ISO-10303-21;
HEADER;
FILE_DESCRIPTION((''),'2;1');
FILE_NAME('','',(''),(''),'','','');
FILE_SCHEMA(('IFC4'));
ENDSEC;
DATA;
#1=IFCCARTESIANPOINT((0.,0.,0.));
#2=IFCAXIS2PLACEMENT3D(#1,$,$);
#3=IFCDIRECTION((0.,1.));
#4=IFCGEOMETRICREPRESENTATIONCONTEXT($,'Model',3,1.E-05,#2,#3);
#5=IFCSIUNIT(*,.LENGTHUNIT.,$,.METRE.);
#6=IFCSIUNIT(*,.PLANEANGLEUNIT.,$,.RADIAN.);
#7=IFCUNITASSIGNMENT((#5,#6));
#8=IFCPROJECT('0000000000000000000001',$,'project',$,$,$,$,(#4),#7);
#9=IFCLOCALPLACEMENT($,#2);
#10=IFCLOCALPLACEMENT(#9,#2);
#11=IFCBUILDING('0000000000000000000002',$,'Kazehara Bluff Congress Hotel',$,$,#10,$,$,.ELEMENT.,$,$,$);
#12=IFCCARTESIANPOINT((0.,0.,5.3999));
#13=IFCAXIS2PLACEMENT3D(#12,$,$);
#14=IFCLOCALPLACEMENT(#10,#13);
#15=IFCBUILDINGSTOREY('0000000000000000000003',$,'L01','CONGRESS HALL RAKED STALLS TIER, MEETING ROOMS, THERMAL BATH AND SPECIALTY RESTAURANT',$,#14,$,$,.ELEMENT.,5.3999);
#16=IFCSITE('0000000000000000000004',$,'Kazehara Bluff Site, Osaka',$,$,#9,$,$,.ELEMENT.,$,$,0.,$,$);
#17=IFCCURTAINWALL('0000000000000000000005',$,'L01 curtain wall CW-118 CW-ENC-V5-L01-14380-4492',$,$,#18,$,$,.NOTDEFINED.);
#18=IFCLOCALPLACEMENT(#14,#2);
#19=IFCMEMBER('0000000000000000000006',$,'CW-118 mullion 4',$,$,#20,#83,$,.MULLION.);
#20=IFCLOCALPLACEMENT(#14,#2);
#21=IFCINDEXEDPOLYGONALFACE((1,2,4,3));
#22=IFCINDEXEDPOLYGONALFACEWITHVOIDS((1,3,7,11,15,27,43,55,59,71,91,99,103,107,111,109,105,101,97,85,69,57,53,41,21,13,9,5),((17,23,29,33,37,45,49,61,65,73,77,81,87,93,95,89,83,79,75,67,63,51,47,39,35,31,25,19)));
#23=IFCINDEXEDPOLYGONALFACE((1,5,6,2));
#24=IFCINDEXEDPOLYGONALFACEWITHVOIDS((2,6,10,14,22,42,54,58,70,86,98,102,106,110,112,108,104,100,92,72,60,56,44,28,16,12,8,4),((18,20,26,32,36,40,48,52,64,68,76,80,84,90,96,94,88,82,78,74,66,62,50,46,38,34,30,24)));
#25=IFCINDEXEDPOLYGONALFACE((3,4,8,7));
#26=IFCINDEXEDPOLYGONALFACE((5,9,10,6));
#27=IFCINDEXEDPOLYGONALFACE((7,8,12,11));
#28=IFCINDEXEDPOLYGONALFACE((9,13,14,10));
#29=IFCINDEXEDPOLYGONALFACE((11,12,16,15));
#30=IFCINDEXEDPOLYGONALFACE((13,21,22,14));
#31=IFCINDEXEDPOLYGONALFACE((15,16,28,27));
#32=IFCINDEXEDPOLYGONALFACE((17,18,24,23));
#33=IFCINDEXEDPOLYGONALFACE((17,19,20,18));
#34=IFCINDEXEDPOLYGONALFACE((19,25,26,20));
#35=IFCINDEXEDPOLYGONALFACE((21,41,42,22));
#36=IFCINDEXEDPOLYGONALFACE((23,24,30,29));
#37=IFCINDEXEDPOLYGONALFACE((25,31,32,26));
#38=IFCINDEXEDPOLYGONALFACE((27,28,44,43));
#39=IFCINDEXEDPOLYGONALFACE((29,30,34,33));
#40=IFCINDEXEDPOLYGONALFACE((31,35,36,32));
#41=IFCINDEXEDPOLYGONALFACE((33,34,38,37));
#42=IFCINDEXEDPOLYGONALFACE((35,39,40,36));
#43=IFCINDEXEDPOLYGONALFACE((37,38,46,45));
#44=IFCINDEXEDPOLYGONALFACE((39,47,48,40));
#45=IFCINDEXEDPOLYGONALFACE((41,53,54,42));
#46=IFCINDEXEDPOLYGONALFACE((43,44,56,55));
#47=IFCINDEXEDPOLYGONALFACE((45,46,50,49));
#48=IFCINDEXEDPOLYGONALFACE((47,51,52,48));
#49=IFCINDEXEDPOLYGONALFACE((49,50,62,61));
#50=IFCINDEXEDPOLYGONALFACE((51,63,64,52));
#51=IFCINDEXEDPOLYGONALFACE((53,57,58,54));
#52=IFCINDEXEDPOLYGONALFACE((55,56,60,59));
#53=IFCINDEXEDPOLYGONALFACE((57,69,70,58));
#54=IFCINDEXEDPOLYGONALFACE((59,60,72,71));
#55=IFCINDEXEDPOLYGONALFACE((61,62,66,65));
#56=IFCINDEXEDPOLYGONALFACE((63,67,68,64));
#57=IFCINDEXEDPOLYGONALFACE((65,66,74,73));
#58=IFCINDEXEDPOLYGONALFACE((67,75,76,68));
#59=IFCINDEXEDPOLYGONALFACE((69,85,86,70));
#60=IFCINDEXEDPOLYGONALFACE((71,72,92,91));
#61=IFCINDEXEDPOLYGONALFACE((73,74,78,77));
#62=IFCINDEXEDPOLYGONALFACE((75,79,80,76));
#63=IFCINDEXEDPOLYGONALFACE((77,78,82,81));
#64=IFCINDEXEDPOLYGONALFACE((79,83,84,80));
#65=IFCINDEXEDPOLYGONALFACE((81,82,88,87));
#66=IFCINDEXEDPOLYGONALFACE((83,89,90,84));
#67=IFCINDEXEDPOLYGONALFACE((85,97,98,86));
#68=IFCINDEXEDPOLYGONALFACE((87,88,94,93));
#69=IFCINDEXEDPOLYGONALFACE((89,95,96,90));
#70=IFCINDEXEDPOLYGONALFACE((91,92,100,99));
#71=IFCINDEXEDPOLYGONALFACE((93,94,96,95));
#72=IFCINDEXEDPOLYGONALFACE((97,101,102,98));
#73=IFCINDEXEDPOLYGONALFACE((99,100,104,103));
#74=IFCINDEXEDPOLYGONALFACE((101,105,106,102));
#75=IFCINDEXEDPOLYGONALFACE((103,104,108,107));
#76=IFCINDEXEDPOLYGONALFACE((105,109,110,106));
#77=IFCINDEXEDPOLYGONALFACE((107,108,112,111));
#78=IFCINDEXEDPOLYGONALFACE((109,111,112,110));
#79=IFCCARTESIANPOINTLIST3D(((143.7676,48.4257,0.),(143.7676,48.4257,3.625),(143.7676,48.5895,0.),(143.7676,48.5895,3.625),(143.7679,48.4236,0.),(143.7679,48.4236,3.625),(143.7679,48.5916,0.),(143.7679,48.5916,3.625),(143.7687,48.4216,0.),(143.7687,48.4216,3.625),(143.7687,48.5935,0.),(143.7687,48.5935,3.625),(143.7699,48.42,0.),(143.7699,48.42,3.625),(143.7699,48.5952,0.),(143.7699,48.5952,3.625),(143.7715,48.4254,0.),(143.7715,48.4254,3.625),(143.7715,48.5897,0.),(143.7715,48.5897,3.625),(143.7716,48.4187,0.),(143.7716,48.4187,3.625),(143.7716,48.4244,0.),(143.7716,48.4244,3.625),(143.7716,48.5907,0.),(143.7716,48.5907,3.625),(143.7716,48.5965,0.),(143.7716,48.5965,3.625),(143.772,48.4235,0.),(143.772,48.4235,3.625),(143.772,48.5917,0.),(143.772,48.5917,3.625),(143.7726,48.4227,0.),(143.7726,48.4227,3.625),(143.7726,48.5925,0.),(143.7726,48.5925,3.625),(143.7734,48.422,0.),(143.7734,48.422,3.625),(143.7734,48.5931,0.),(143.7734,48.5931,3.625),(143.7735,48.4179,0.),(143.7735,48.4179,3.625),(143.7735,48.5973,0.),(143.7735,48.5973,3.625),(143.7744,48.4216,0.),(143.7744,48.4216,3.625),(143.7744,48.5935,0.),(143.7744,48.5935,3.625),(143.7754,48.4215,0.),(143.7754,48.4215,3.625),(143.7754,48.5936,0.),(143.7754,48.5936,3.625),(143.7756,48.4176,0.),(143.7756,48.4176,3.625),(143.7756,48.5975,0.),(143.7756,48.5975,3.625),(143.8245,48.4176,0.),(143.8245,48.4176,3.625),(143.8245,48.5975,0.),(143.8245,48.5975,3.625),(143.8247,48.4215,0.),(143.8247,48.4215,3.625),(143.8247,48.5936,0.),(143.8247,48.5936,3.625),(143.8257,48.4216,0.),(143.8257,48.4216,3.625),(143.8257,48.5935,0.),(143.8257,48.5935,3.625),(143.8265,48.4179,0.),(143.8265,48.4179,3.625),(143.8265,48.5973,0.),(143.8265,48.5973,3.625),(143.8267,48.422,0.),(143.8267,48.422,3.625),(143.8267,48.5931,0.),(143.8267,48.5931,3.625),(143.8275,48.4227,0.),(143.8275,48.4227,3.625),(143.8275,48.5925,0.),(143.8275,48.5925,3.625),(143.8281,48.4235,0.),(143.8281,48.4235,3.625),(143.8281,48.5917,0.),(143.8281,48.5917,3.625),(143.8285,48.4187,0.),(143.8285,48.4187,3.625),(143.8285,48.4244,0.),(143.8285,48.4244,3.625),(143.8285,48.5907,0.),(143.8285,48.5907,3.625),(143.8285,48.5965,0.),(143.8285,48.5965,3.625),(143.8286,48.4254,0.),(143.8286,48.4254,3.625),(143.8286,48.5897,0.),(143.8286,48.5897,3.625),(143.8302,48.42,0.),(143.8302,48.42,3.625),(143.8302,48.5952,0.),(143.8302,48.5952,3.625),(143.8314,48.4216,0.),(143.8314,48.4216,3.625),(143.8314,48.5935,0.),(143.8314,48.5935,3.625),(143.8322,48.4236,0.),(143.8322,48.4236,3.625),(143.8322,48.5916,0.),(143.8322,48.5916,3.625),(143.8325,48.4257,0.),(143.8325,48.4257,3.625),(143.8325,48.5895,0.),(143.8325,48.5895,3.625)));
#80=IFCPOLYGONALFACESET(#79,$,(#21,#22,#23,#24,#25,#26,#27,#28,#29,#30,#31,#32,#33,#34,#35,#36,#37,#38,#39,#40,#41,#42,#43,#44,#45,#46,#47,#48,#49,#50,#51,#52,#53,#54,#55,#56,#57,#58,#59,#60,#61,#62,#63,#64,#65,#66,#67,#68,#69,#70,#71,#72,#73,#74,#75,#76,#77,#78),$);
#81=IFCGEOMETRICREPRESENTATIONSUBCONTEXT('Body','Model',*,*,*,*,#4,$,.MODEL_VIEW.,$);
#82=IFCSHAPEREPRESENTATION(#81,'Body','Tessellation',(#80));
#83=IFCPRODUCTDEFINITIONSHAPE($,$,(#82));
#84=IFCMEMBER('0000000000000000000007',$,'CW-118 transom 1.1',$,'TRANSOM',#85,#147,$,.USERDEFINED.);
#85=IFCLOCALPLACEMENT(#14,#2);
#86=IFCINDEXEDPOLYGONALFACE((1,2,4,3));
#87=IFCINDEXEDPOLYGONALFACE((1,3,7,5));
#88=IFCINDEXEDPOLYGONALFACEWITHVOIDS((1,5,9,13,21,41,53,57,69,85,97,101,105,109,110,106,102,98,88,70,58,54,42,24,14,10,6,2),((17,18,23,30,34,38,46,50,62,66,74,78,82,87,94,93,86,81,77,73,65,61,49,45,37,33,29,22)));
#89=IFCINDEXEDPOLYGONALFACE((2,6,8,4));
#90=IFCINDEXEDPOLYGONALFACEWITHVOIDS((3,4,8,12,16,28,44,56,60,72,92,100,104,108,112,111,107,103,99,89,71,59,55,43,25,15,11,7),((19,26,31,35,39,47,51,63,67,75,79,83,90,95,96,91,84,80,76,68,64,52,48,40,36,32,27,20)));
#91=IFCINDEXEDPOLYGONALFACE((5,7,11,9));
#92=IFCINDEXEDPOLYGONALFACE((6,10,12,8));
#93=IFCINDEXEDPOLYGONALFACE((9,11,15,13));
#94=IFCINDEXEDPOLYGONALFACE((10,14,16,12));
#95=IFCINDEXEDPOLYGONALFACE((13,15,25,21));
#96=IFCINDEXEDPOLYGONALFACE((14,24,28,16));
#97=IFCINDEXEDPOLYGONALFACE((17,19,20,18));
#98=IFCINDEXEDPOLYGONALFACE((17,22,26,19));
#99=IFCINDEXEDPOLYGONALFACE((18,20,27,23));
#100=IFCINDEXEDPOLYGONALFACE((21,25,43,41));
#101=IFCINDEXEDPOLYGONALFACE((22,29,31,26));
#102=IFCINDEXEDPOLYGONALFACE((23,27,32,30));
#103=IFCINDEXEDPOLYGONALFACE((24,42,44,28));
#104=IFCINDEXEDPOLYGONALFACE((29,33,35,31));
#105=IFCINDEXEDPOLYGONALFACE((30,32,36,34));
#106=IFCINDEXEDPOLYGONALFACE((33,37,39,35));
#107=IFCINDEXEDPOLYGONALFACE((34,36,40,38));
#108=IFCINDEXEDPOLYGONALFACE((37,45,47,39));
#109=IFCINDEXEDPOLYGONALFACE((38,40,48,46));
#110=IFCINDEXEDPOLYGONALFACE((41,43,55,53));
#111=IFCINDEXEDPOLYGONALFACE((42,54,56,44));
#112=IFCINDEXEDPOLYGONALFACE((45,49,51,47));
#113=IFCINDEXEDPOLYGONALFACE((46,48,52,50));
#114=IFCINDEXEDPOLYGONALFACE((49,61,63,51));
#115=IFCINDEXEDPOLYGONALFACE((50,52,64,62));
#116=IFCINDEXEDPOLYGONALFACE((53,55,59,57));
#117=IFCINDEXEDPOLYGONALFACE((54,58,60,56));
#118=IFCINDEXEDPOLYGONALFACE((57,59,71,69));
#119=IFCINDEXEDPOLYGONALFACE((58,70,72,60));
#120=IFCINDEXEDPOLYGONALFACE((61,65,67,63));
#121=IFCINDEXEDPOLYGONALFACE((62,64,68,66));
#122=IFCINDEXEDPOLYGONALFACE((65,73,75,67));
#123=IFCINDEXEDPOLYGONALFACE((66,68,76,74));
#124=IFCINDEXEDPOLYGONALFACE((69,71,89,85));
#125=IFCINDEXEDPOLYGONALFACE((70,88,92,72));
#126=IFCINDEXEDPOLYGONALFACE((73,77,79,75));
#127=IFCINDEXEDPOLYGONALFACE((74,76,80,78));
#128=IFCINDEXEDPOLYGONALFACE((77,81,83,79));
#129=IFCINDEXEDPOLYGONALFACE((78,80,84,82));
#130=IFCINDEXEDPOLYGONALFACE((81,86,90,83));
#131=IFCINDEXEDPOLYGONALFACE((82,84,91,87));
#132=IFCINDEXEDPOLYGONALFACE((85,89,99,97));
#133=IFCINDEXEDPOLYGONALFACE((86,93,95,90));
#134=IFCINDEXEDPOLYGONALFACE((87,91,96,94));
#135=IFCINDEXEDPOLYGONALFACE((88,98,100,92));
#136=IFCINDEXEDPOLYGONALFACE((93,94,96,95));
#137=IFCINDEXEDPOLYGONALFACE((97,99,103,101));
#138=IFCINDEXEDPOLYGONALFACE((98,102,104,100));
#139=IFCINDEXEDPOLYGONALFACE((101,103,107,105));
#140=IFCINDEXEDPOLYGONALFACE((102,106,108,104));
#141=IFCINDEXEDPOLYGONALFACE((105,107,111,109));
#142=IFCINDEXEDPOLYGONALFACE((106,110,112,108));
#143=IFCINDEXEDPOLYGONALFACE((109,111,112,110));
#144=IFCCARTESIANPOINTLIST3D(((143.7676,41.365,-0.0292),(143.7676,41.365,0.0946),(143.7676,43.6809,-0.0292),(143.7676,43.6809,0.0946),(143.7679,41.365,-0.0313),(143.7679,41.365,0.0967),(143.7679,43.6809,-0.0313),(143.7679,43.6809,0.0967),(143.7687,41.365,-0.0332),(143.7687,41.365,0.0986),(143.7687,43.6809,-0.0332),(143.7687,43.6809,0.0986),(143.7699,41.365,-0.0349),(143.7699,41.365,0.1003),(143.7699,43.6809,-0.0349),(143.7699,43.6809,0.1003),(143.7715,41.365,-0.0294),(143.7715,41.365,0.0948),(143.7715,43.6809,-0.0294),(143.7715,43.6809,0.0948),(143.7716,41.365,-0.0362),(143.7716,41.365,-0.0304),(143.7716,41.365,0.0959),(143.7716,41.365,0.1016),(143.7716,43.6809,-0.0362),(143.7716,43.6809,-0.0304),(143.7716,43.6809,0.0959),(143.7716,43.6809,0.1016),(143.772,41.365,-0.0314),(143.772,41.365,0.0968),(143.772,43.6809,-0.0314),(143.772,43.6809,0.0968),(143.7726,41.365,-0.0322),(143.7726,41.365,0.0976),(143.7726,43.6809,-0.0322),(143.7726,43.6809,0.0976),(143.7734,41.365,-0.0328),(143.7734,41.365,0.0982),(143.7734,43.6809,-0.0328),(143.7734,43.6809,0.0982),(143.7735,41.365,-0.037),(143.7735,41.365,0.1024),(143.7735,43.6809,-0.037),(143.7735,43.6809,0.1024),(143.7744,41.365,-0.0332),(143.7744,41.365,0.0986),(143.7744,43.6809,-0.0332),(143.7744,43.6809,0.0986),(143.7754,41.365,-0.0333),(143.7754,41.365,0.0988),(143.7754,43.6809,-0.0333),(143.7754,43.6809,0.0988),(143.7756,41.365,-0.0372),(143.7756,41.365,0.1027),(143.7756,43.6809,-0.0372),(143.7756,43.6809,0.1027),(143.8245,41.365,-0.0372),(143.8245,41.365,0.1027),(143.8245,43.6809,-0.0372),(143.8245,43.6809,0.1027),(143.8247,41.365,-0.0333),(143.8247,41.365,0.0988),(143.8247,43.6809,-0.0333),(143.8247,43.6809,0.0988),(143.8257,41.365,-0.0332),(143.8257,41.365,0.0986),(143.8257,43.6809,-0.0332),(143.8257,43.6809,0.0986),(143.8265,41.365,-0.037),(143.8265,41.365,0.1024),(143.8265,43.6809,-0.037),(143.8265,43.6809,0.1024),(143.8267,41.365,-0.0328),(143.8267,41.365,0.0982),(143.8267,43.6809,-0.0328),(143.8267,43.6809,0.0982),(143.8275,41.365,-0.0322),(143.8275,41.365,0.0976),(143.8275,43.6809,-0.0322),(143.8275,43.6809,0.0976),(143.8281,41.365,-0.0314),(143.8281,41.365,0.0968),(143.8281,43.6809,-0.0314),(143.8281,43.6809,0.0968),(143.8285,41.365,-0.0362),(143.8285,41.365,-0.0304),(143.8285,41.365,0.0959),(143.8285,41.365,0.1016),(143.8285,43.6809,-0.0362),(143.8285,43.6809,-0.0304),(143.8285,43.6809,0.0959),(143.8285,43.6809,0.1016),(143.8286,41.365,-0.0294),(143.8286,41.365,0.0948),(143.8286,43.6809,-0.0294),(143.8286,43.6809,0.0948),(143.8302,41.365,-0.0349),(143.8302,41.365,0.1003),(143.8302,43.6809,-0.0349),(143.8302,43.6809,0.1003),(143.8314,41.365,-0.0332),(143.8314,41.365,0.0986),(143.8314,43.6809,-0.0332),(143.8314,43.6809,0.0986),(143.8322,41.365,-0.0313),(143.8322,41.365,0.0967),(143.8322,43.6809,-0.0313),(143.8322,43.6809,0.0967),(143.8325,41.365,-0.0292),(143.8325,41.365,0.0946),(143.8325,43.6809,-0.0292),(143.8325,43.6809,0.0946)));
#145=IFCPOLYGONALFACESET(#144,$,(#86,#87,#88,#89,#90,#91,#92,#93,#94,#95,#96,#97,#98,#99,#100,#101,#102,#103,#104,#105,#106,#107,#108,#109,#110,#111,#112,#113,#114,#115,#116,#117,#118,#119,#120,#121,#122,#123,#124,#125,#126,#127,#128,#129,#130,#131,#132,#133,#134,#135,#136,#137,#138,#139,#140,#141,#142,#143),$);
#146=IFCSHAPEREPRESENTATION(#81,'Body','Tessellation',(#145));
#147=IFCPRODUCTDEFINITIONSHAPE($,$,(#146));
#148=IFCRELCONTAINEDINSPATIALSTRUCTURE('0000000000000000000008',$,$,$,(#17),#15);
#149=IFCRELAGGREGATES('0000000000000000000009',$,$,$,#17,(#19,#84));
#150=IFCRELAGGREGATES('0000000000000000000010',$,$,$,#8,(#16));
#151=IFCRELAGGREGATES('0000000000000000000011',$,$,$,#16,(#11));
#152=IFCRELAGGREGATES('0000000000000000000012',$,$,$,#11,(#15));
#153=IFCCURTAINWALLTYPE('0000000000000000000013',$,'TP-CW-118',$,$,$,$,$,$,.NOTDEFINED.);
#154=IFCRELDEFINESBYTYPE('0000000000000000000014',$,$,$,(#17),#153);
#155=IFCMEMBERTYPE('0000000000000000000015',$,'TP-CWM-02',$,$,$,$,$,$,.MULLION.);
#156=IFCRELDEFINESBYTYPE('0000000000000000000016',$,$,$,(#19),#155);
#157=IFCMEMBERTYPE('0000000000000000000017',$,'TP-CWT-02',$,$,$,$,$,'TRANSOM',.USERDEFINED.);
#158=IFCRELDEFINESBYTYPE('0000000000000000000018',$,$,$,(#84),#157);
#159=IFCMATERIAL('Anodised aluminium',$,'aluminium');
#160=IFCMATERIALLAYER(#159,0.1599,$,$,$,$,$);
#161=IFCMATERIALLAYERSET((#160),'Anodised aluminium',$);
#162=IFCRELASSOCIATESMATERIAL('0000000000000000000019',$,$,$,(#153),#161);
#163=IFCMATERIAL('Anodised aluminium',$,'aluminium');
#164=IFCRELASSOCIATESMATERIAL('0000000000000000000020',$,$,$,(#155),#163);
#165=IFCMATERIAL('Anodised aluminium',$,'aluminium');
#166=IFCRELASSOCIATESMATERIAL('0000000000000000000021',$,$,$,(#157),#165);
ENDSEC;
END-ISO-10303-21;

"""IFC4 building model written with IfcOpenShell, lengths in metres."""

from ifc_helpers import new_model, si_unit, direction, frame, origin, origin_2d, place, context, subcontext, project, spatial, hollow_rectangle, extrude, material, layer, layer_set, material_profile, profile_set, type_object, element, aggregate, save


model = new_model("IFC4")

# Units and contexts
model_context = context("Model", 3, precision=1e-05, world=origin(), true_north=direction((0.0, 1.0)))
body_context = subcontext(model_context, "Body", "Model", "MODEL_VIEW")
ifc_project = project(units=[si_unit("LENGTHUNIT", "METRE"), si_unit("PLANEANGLEUNIT", "RADIAN")], contexts=[model_context])

# Site, building, storey
site_placement = place(None, origin())
site = spatial("IfcSite", under=ifc_project, at=site_placement, Name="Kazehara Bluff Site, Osaka", CompositionType="ELEMENT", RefElevation=0.0)
building_placement = place(site_placement, origin())
building = spatial("IfcBuilding", under=site, at=building_placement, Name="Kazehara Bluff Congress Hotel", CompositionType="ELEMENT")
storey_placement = place(building_placement, frame((0.0, 0.0, 5.3999)))
storey = spatial("IfcBuildingStorey", under=building, at=storey_placement, Name="L01", Description="CONGRESS HALL RAKED STALLS TIER, MEETING ROOMS, THERMAL BATH AND SPECIALTY RESTAURANT", CompositionType="ELEMENT", Elevation=5.3999)

# Curtain wall, members
ifc_material_1 = material(Name="Anodised aluminium", Category="aluminium")
ifc_layer_1 = layer(ifc_material_1, 0.1599)
ifc_layer_set_1 = layer_set([ifc_layer_1], Name="Anodised aluminium")
curtain_wall_type = type_object("IfcCurtainWallType", Name="TP-CW-118", PredefinedType="NOTDEFINED", material=ifc_layer_set_1)
curtain_wall_placement = place(storey_placement, origin())
curtain_wall = element("IfcCurtainWall", 1, at=curtain_wall_placement, inside=storey, type_object=curtain_wall_type, Name="L01 curtain wall CW-118 CW-ENC-V5-L01-14380-4492", PredefinedType="NOTDEFINED")
ifc_material_2 = material(Name="Anodised aluminium", Category="aluminium")
ifc_material_profile_1 = material_profile(ifc_material_2, hollow_rectangle(XDim=0.0649, YDim=0.1799, WallThickness=0.0039, InnerFilletRadius=0.0039, OuterFilletRadius=0.0081, at=origin_2d()))
ifc_profile_set_1 = profile_set([ifc_material_profile_1], Name="Anodised aluminium")
member_type_1 = type_object("IfcMemberType", Name="TP-CWM-02", PredefinedType="MULLION", material=ifc_profile_set_1)
member_1_placement = place(storey_placement, frame((143.8, 48.5076, 0.0), z_axis=(0.0, 0.0, 1.0), x_axis=(-1.0, 0.0, 0.0)))
member_1 = element("IfcMember", 2, at=member_1_placement, type_object=member_type_1, Name="CW-118 mullion 4", PredefinedType="MULLION", context=body_context, shape_type="SweptSolid", body=[
    extrude(hollow_rectangle(XDim=0.0649, YDim=0.1799, WallThickness=0.0039, InnerFilletRadius=0.0039, OuterFilletRadius=0.0081, at=origin_2d()), origin(), (0.0, 0.0, 1.0), 3.625),
])
ifc_material_3 = material(Name="Anodised aluminium", Category="aluminium")
ifc_material_profile_2 = material_profile(ifc_material_3, hollow_rectangle(XDim=0.0649, YDim=0.1399, WallThickness=0.0039, InnerFilletRadius=0.0039, OuterFilletRadius=0.0081, at=origin_2d()))
ifc_profile_set_2 = profile_set([ifc_material_profile_2], Name="Anodised aluminium")
member_type_2 = type_object("IfcMemberType", Name="TP-CWT-02", ElementType="TRANSOM", PredefinedType="USERDEFINED", material=ifc_profile_set_2)
member_2_placement = place(storey_placement, frame((143.8, 41.365, 0.0327), z_axis=(0.0, 1.0, 0.0), x_axis=(-1.0, 0.0, 0.0)))
member_2 = element("IfcMember", 3, at=member_2_placement, type_object=member_type_2, Name="CW-118 transom 1.1", ObjectType="TRANSOM", PredefinedType="USERDEFINED", context=body_context, shape_type="SweptSolid", body=[
    extrude(hollow_rectangle(XDim=0.0649, YDim=0.1399, WallThickness=0.0039, InnerFilletRadius=0.0039, OuterFilletRadius=0.0081, at=origin_2d()), origin(), (0.0, 0.0, 1.0), 2.3159),
])

aggregate(curtain_wall, [member_1, member_2])

save(model, "model.ifc")
